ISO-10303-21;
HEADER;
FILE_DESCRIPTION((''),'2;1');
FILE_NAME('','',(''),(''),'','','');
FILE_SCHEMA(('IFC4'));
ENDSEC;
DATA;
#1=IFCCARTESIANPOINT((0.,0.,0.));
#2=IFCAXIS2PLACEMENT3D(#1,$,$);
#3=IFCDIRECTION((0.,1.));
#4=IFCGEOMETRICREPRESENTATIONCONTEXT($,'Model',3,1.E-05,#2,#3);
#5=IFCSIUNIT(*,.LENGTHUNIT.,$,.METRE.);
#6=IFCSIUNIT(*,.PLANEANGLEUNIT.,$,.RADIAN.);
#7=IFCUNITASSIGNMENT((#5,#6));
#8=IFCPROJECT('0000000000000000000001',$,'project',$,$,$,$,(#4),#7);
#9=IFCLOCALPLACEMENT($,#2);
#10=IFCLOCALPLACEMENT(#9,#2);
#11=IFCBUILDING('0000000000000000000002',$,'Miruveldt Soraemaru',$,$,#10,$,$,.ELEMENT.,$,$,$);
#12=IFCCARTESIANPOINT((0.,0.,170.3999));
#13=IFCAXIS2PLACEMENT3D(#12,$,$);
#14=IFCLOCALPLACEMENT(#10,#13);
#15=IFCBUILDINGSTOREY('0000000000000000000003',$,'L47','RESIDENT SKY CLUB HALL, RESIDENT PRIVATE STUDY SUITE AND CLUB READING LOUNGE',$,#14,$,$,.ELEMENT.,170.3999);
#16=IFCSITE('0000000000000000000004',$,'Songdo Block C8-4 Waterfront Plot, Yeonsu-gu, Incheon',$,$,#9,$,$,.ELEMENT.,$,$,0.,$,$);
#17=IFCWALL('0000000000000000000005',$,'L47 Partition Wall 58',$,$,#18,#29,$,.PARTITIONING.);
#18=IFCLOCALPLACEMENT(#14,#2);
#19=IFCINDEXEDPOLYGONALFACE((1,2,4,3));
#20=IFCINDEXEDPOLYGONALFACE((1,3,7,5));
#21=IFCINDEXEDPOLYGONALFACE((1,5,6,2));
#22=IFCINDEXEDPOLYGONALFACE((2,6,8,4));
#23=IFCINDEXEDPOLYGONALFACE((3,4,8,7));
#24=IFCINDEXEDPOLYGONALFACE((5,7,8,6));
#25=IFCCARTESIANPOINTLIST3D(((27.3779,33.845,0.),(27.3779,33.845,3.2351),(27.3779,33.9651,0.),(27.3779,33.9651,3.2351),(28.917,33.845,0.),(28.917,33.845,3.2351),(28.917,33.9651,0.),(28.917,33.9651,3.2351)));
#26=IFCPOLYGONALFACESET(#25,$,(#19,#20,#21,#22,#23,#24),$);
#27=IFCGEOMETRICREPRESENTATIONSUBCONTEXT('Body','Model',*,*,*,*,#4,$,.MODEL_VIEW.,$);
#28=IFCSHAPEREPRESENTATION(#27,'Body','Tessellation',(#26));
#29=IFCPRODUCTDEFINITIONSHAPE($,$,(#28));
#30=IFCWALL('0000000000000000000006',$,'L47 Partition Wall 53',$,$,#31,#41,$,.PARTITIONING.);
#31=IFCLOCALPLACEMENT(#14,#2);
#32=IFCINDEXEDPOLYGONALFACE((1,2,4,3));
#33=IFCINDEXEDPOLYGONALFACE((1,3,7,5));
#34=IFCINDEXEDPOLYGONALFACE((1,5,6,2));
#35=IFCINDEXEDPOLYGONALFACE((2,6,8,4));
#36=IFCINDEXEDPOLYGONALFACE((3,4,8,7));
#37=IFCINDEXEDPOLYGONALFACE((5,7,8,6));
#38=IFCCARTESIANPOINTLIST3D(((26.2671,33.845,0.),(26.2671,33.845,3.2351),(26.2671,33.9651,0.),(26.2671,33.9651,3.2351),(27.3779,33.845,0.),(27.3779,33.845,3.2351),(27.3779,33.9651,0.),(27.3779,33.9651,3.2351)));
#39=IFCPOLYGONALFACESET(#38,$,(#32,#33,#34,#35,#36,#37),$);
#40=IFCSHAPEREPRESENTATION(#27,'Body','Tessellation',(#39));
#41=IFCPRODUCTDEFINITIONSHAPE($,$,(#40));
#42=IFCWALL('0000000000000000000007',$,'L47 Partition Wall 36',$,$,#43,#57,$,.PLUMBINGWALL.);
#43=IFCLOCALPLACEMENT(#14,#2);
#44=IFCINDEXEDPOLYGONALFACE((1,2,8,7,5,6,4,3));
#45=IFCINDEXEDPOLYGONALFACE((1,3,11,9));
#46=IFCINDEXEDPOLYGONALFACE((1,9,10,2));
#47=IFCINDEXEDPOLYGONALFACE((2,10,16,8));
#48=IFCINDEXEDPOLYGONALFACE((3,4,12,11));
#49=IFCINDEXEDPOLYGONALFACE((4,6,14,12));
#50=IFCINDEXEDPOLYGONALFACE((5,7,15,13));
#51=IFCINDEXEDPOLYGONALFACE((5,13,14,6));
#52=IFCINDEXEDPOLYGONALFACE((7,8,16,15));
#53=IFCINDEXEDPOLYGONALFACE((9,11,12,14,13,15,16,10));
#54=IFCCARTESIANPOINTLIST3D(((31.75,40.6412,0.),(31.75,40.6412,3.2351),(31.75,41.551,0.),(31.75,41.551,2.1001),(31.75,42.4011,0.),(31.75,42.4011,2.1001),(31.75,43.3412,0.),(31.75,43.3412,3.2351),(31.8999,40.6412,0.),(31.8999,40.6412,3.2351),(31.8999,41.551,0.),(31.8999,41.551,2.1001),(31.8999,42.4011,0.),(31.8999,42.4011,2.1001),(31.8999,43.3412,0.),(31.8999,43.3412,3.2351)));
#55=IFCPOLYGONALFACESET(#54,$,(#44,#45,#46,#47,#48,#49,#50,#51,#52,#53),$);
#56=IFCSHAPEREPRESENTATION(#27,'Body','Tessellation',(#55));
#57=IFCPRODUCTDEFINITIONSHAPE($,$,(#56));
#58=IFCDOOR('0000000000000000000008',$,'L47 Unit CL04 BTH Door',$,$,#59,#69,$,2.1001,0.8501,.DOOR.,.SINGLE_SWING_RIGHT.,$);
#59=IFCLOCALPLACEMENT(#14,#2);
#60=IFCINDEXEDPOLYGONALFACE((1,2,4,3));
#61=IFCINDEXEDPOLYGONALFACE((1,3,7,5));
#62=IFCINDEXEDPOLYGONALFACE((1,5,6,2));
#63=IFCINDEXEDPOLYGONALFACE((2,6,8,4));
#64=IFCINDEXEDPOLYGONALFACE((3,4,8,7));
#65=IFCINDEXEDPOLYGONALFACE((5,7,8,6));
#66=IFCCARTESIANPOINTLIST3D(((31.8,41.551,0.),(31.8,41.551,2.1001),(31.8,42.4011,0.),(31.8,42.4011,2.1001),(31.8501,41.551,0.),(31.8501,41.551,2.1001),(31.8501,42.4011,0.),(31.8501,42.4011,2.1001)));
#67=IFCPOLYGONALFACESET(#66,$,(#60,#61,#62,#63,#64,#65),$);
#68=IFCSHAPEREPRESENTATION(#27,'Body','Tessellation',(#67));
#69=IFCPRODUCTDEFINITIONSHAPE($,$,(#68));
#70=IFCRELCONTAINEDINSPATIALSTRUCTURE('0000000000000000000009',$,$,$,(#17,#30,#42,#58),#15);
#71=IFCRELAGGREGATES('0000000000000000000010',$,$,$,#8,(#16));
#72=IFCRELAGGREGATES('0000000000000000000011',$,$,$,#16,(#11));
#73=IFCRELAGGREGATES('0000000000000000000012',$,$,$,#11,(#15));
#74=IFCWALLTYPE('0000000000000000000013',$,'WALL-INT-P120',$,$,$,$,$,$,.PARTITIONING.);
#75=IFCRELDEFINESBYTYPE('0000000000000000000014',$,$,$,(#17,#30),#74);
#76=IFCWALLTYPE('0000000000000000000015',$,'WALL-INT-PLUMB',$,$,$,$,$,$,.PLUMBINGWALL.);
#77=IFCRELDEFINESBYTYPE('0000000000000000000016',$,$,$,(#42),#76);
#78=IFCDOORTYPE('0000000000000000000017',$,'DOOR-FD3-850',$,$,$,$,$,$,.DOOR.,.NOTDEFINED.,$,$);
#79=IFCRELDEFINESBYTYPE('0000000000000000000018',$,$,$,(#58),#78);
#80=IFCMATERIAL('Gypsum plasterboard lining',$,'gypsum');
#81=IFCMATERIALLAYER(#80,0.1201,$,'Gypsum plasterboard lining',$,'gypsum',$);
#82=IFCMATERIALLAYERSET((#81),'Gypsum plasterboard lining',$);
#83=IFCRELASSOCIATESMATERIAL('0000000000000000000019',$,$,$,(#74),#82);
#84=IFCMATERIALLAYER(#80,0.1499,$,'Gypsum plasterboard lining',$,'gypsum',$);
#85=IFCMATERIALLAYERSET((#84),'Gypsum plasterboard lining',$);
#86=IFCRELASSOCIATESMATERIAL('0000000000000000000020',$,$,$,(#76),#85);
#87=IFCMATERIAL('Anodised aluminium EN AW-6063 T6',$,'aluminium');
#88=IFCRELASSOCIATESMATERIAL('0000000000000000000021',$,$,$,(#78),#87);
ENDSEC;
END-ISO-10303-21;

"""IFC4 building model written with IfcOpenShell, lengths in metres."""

from ifc_helpers import new_model, si_unit, direction, frame, frame_2d, origin, place, context, subcontext, project, spatial, rectangle, extrude, material, layer, layer_set, type_object, element, fill, save


model = new_model("IFC4")

# Units and contexts
model_context = context("Model", 3, precision=1e-05, world=origin(), true_north=direction((0.0, 1.0)))
body_context = subcontext(model_context, "Body", "Model", "MODEL_VIEW")
ifc_project = project(units=[si_unit("LENGTHUNIT", "METRE"), si_unit("PLANEANGLEUNIT", "RADIAN")], contexts=[model_context])

# Site, building, storey
site_placement = place(None, origin())
site = spatial("IfcSite", under=ifc_project, at=site_placement, Name="Songdo Block C8-4 Waterfront Plot, Yeonsu-gu, Incheon", CompositionType="ELEMENT", RefElevation=0.0)
building_placement = place(site_placement, origin())
building = spatial("IfcBuilding", under=site, at=building_placement, Name="Miruveldt Soraemaru", CompositionType="ELEMENT")
storey_placement = place(building_placement, frame((0.0, 0.0, 170.3999)))
storey = spatial("IfcBuildingStorey", under=building, at=storey_placement, Name="L47", Description="RESIDENT SKY CLUB HALL, RESIDENT PRIVATE STUDY SUITE AND CLUB READING LOUNGE", CompositionType="ELEMENT", Elevation=170.3999)

# Shared definitions
ifc_material_1 = material(Name="Gypsum plasterboard lining", Category="gypsum")
ifc_layer_1 = layer(ifc_material_1, 0.1201, Name="Gypsum plasterboard lining", Category="gypsum")
ifc_layer_set_1 = layer_set([ifc_layer_1], Name="Gypsum plasterboard lining")
wall_type_1 = type_object("IfcWallType", Name="WALL-INT-P120", PredefinedType="PARTITIONING", material=ifc_layer_set_1)
ifc_material_2 = material(Name="Anodised aluminium EN AW-6063 T6", Category="aluminium")

# Walls
wall_1_placement = place(storey_placement, frame((28.917, 33.905, 0.0), z_axis=(0.0, 0.0, 1.0), x_axis=(-1.0, 0.0, 0.0)))
element("IfcWall", 1, at=wall_1_placement, inside=storey, type_object=wall_type_1, Name="L47 Partition Wall 58", PredefinedType="PARTITIONING", context=body_context, shape_type="SweptSolid", body=[
    extrude(rectangle(XDim=1.5391, YDim=0.1201, at=frame_2d((0.7695, 0.0))), origin(), (0.0, 0.0, 1.0), 3.2351),
])
wall_2_placement = place(storey_placement, frame((27.3779, 33.905, 0.0), z_axis=(0.0, 0.0, 1.0), x_axis=(-1.0, 0.0, 0.0)))
element("IfcWall", 2, at=wall_2_placement, inside=storey, type_object=wall_type_1, Name="L47 Partition Wall 53", PredefinedType="PARTITIONING", context=body_context, shape_type="SweptSolid", body=[
    extrude(rectangle(XDim=1.1108, YDim=0.1201, at=frame_2d((0.5554, 0.0))), origin(), (0.0, 0.0, 1.0), 3.2351),
])

# Wall, opening, door
ifc_layer_2 = layer(ifc_material_1, 0.1499, Name="Gypsum plasterboard lining", Category="gypsum")
ifc_layer_set_2 = layer_set([ifc_layer_2], Name="Gypsum plasterboard lining")
wall_type_2 = type_object("IfcWallType", Name="WALL-INT-PLUMB", PredefinedType="PLUMBINGWALL", material=ifc_layer_set_2)
wall_3_placement = place(storey_placement, frame((31.825, 40.6411, 0.0), z_axis=(0.0, 0.0, 1.0), x_axis=(0.0, 1.0, 0.0)))
wall_3 = element("IfcWall", 3, at=wall_3_placement, inside=storey, type_object=wall_type_2, Name="L47 Partition Wall 36", PredefinedType="PLUMBINGWALL", context=body_context, shape_type="SweptSolid", body=[
    extrude(rectangle(XDim=2.7, YDim=0.1499, at=frame_2d((1.3501, 0.0))), origin(), (0.0, 0.0, 1.0), 3.2351),
])
opening_1_placement = place(wall_3_placement, frame((0.9099, 0.0, 0.0)))
opening_1 = element("IfcOpeningElement", 4, at=opening_1_placement, cuts=wall_3, PredefinedType="OPENING", context=body_context, shape_type="SweptSolid", body=[
    extrude(rectangle(XDim=0.8501, YDim=2.1001, at=frame_2d((0.425, 1.05))), frame((0.0, 0.085, 0.0), z_axis=(0.0, -1.0, 0.0), x_axis=(1.0, 0.0, 0.0)), (0.0, 0.0, 1.0), 0.1699),
])
door_type_1 = type_object("IfcDoorType", Name="DOOR-FD3-850", OperationType="NOTDEFINED", PredefinedType="DOOR", material=ifc_material_2)
door_1_placement = place(opening_1_placement, origin())
door_1 = element("IfcDoor", 5, at=door_1_placement, inside=storey, type_object=door_type_1, Name="L47 Unit CL04 BTH Door", OperationType="SINGLE_SWING_RIGHT", OverallHeight=2.1001, OverallWidth=0.8501, PredefinedType="DOOR", context=body_context, shape_type="SweptSolid", body=[
    extrude(rectangle(XDim=0.8501, YDim=2.1001, at=frame_2d((0.425, 1.05))), frame((0.0, 0.0249, 0.0), z_axis=(0.0, -1.0, 0.0), x_axis=(1.0, 0.0, 0.0)), (0.0, 0.0, 1.0), 0.05),
])
fill(opening_1, door_1)

save(model, "model.ifc")
